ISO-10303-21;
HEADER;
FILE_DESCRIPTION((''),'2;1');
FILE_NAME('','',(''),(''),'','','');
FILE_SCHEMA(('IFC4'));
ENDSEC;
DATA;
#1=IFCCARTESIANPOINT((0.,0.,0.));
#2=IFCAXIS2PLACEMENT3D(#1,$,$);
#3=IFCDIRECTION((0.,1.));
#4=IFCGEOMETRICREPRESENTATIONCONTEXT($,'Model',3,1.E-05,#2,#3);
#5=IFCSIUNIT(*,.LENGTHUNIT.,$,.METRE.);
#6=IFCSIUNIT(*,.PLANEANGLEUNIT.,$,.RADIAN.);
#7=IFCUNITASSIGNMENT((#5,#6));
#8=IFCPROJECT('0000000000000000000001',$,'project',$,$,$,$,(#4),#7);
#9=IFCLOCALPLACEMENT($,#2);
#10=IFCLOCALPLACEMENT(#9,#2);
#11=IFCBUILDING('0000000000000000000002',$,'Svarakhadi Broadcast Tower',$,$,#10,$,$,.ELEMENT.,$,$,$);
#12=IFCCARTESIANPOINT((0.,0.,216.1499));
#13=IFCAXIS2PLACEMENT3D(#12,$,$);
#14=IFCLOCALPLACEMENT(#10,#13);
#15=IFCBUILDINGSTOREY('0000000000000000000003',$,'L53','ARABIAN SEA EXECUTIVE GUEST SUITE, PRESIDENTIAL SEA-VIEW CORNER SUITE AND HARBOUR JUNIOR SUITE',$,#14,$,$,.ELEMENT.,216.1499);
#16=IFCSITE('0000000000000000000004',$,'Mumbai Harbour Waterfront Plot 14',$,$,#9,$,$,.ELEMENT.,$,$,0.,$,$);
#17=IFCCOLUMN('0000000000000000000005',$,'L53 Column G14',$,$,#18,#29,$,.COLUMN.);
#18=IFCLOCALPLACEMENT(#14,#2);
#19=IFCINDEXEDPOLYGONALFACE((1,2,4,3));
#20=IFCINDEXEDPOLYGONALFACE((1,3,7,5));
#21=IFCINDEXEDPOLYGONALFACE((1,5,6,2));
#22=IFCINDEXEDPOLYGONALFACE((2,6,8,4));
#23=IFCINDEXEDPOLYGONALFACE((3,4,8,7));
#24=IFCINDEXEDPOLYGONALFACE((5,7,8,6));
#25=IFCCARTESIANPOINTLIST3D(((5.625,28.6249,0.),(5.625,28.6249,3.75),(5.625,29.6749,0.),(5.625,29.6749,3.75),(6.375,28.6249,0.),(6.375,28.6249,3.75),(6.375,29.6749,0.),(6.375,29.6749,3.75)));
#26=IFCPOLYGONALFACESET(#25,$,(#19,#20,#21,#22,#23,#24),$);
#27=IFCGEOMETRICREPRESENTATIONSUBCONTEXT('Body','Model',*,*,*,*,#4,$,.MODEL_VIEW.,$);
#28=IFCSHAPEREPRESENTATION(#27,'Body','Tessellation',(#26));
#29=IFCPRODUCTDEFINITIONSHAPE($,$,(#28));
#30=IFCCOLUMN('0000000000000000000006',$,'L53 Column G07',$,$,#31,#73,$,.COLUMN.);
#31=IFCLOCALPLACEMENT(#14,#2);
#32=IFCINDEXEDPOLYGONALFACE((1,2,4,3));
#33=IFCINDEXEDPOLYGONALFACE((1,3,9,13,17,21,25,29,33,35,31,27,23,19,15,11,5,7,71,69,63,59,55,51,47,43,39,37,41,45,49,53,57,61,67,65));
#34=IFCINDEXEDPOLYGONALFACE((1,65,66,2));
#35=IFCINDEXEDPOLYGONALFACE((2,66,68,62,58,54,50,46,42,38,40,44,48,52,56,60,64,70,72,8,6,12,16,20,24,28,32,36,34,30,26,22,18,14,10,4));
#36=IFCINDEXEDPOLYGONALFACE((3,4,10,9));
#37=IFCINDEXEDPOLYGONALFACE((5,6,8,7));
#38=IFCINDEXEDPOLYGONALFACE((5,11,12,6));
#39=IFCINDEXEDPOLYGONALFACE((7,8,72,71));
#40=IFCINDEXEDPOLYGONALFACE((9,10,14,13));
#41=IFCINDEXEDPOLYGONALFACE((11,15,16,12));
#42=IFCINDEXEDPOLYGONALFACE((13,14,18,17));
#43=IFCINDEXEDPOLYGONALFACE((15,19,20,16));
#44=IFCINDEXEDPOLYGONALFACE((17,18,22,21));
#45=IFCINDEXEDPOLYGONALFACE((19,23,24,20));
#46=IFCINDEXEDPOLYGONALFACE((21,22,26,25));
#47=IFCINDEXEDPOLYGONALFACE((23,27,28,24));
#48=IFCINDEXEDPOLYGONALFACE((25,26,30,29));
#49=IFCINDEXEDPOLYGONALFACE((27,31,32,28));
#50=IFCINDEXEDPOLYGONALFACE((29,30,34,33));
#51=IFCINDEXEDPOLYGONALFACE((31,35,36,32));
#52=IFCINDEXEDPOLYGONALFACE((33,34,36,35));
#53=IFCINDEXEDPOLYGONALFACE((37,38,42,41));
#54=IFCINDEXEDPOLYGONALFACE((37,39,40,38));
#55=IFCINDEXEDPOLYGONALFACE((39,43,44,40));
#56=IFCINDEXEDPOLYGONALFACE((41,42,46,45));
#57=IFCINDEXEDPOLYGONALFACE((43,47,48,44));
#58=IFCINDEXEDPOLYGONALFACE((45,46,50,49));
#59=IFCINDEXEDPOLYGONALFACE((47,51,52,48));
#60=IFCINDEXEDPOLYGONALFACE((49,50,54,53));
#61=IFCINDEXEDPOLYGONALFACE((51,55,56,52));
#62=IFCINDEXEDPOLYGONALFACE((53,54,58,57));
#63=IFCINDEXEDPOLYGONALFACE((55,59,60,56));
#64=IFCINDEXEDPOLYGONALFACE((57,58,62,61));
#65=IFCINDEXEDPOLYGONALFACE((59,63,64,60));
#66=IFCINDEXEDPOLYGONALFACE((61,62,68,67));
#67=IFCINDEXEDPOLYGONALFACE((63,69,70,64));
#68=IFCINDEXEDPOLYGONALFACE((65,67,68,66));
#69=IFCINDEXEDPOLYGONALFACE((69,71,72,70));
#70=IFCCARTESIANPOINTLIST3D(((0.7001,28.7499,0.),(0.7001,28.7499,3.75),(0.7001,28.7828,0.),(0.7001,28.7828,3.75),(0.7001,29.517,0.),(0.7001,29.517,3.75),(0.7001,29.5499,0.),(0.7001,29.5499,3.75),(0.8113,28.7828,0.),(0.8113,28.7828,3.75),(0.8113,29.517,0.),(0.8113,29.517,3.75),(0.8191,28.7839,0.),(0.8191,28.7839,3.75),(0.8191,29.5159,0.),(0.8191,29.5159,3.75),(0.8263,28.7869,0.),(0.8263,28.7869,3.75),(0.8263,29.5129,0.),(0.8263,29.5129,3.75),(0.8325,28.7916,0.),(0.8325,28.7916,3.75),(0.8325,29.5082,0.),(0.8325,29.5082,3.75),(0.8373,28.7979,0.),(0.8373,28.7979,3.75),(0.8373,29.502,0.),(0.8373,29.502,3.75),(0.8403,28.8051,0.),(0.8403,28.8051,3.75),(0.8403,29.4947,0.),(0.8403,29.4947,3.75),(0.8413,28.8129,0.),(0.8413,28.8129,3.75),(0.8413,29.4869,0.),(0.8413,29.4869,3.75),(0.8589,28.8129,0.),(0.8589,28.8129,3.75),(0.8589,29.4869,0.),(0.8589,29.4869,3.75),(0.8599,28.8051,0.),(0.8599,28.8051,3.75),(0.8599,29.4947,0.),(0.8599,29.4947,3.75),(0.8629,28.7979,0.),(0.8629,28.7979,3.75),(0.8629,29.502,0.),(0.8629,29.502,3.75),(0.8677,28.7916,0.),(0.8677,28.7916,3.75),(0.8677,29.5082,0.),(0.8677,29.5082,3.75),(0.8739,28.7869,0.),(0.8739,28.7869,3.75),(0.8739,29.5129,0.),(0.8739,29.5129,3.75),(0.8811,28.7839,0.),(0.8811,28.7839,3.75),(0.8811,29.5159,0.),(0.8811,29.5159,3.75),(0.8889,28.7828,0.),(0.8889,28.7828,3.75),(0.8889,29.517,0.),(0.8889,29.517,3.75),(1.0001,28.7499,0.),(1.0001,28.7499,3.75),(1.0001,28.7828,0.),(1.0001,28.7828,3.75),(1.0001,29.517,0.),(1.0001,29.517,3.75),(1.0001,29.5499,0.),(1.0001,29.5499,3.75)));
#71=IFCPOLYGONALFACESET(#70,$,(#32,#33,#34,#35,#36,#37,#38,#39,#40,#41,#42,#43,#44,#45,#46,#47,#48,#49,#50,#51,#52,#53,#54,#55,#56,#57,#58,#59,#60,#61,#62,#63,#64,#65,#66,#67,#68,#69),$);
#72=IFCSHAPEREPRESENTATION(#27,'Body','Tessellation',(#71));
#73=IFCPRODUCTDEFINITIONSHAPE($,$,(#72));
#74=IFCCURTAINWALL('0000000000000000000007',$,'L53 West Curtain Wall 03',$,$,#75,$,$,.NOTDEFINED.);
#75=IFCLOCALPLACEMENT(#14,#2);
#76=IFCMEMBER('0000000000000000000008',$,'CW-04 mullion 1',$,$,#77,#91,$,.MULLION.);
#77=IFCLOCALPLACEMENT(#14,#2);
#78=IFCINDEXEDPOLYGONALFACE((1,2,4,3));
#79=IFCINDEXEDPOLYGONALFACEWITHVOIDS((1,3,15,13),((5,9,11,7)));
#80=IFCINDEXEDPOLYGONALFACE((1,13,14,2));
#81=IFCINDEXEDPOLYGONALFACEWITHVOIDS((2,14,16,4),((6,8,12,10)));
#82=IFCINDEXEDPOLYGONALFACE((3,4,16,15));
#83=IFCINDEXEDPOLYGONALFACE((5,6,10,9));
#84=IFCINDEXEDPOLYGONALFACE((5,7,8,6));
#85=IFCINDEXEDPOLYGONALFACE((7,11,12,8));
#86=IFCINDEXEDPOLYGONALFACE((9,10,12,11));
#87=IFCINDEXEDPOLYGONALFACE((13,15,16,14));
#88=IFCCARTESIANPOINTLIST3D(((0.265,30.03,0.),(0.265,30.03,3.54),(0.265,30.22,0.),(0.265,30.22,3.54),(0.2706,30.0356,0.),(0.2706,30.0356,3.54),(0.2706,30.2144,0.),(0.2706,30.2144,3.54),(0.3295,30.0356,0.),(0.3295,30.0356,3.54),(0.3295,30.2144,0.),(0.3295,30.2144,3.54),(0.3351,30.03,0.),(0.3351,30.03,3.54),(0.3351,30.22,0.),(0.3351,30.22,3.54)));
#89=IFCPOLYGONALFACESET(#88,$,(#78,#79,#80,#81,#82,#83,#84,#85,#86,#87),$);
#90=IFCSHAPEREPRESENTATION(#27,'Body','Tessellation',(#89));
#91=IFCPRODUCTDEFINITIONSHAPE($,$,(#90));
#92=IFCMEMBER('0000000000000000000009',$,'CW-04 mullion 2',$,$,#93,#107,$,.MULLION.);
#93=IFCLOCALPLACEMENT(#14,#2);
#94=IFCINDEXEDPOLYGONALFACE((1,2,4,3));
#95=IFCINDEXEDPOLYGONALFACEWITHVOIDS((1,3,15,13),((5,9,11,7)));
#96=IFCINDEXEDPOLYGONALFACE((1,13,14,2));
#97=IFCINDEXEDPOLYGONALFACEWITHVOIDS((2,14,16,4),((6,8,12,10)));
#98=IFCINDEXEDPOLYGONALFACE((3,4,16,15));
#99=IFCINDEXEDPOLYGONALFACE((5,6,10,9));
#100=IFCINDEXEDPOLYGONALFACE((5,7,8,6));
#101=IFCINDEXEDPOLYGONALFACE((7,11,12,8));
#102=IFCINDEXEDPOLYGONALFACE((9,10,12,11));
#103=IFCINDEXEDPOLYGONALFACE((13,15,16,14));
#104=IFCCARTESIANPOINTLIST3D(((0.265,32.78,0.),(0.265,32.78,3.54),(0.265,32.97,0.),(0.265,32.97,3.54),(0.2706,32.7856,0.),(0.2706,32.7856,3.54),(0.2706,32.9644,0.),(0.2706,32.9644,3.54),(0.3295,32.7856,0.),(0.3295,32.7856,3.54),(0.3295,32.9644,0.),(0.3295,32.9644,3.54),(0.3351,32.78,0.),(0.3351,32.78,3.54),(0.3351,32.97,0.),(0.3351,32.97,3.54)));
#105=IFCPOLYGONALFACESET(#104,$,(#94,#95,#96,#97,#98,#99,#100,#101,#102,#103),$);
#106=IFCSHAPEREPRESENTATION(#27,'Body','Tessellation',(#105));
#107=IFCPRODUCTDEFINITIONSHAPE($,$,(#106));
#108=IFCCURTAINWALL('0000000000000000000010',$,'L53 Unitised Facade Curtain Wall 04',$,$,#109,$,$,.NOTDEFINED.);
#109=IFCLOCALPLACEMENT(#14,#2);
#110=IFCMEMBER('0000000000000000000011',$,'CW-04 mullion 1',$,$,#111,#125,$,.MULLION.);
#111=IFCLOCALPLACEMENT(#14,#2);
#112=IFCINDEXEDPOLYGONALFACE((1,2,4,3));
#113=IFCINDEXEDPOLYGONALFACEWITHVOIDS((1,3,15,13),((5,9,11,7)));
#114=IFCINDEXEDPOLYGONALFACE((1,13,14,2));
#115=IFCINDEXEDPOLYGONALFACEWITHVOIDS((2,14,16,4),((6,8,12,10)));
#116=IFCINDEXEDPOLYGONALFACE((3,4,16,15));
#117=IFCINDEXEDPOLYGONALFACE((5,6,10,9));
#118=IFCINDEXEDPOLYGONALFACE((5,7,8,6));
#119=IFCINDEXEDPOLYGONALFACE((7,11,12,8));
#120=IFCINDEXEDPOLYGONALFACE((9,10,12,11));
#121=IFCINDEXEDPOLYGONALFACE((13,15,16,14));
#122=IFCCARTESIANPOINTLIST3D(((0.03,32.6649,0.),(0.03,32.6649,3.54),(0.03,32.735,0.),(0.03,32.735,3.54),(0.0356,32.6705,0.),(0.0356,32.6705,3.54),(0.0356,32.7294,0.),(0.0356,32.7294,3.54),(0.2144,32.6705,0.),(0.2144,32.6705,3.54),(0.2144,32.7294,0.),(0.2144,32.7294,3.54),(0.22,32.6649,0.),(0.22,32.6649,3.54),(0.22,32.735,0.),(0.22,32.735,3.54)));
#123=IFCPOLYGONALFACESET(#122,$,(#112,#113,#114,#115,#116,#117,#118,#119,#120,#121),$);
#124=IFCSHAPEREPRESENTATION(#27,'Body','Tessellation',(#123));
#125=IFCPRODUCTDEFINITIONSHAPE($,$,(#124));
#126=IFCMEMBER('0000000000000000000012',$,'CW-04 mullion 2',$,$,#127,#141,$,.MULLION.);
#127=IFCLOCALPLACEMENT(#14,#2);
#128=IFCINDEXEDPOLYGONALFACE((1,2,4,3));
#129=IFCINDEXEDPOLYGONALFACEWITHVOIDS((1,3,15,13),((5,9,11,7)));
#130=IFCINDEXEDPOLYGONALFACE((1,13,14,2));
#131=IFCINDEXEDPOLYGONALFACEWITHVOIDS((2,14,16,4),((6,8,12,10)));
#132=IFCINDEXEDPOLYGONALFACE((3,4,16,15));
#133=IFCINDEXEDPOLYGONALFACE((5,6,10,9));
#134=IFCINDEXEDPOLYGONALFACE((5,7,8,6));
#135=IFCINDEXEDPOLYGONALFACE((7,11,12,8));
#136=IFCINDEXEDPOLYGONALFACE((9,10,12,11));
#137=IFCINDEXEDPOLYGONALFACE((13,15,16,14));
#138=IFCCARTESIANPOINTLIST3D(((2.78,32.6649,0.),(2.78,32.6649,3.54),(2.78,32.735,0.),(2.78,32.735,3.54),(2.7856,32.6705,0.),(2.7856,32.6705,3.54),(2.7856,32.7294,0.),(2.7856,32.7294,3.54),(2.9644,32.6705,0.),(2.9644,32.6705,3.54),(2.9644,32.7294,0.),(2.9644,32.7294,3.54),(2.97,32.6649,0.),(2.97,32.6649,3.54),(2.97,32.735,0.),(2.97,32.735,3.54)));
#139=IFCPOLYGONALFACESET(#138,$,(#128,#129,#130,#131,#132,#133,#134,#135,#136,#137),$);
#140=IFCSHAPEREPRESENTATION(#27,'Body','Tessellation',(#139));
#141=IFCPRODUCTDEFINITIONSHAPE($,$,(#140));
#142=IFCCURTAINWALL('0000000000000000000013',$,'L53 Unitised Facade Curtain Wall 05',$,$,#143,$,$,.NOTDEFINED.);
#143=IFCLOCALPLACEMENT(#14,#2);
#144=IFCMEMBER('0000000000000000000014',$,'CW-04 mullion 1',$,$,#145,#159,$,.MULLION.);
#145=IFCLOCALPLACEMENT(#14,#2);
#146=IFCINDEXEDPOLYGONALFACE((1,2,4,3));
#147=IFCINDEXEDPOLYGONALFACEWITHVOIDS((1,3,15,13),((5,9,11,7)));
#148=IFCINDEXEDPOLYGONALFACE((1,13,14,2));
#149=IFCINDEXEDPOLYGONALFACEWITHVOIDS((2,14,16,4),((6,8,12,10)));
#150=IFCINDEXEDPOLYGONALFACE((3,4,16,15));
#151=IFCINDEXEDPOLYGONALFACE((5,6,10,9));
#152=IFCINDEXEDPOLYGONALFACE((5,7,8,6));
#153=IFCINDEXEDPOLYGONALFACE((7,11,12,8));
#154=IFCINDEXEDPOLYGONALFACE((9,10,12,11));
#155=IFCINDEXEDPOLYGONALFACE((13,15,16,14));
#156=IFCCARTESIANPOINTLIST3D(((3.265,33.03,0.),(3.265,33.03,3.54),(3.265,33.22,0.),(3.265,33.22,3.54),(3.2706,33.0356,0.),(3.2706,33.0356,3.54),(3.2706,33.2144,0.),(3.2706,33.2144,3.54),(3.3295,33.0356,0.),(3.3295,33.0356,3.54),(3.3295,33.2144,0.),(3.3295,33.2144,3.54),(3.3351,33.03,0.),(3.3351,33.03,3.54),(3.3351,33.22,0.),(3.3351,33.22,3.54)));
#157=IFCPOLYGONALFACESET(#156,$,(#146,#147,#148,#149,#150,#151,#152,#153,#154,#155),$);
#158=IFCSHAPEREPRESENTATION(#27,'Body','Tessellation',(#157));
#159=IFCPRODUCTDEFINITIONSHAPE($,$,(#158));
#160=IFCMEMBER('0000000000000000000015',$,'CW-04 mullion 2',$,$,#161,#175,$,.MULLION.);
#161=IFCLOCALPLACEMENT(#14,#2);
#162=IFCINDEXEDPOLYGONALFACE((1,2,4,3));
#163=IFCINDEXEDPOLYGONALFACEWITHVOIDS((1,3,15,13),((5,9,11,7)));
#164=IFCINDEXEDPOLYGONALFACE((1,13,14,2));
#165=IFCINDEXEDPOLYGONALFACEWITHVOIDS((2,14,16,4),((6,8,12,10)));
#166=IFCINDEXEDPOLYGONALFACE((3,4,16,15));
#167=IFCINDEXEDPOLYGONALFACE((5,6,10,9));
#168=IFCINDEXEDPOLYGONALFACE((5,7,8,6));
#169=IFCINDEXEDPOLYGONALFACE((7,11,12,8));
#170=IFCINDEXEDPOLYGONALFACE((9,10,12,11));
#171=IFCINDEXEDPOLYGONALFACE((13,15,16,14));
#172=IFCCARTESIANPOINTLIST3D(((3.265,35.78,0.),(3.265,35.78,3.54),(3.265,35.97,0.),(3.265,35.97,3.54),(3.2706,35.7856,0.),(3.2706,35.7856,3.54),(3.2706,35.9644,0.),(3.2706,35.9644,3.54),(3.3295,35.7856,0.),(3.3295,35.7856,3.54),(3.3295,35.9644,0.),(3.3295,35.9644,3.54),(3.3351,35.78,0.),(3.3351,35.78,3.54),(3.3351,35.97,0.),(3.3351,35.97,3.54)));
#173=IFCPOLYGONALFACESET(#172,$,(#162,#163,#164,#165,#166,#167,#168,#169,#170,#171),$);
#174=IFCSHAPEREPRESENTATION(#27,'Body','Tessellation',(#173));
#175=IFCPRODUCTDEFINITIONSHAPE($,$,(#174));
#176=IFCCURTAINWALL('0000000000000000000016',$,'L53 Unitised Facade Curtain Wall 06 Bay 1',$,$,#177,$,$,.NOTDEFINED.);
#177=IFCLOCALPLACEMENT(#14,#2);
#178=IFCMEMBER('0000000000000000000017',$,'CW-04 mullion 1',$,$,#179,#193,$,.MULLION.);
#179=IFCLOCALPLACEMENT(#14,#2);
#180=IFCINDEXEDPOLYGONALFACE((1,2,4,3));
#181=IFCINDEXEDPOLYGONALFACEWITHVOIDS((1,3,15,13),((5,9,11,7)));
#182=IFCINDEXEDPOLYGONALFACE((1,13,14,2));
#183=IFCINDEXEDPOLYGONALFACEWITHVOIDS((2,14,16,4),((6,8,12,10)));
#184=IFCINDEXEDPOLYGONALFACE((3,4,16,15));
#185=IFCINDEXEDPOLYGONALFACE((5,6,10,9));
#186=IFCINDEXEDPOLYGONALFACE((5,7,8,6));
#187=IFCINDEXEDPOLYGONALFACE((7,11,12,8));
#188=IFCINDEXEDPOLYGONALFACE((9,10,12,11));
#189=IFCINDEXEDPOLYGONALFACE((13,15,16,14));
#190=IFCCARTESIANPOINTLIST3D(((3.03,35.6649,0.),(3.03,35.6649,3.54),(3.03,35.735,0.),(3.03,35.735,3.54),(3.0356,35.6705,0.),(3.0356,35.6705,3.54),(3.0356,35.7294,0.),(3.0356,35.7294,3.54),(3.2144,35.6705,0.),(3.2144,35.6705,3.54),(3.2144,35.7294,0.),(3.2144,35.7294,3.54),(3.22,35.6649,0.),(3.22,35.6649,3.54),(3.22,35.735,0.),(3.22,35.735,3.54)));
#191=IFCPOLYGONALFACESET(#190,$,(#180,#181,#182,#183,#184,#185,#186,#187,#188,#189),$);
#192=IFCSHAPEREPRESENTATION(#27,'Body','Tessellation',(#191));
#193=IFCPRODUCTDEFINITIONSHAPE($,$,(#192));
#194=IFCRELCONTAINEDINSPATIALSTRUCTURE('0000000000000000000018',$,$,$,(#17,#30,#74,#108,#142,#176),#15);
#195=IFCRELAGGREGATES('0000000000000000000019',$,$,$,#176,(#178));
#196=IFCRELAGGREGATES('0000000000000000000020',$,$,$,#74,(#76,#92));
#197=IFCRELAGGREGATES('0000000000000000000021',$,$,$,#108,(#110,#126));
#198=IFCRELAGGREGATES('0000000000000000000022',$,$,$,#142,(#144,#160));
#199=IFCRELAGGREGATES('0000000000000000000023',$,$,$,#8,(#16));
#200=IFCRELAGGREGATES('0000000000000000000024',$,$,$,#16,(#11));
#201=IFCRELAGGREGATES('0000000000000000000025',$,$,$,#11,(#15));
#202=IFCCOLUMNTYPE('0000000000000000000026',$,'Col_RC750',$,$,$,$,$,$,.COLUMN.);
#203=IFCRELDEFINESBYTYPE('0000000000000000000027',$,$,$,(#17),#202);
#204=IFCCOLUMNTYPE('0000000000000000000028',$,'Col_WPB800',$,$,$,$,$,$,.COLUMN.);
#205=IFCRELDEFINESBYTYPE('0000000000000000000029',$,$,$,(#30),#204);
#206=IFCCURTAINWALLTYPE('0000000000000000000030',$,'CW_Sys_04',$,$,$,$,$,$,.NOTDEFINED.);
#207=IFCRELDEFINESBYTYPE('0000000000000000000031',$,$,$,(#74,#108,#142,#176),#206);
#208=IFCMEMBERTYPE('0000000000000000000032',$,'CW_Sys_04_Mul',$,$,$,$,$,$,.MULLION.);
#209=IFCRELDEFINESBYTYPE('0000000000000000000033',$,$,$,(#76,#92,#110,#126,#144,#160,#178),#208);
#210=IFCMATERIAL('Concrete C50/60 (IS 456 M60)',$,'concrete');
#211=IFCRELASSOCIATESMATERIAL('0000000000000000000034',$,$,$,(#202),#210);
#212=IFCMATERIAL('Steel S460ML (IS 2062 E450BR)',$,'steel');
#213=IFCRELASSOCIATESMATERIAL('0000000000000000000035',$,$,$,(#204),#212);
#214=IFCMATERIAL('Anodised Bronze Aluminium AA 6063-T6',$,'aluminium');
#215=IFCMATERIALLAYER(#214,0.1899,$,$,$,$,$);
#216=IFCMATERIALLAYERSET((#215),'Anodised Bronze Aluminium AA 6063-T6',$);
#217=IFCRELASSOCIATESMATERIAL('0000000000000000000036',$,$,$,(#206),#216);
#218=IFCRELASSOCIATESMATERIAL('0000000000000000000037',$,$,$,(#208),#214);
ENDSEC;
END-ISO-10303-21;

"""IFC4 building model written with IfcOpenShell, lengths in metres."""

from ifc_helpers import new_model, si_unit, direction, frame, origin, origin_2d, place, context, subcontext, project, spatial, rectangle, hollow_rectangle, i_section, extrude, material, layer, layer_set, material_profile, profile_set, type_object, element, aggregate, save


model = new_model("IFC4")

# Units and contexts
model_context = context("Model", 3, precision=1e-05, world=origin(), true_north=direction((0.0, 1.0)))
body_context = subcontext(model_context, "Body", "Model", "MODEL_VIEW")
ifc_project = project(units=[si_unit("LENGTHUNIT", "METRE"), si_unit("PLANEANGLEUNIT", "RADIAN")], contexts=[model_context])

# Site, building, storey
site_placement = place(None, origin())
site = spatial("IfcSite", under=ifc_project, at=site_placement, Name="Mumbai Harbour Waterfront Plot 14", CompositionType="ELEMENT", RefElevation=0.0)
building_placement = place(site_placement, origin())
building = spatial("IfcBuilding", under=site, at=building_placement, Name="Svarakhadi Broadcast Tower", CompositionType="ELEMENT")
storey_placement = place(building_placement, frame((0.0, 0.0, 216.1499)))
storey = spatial("IfcBuildingStorey", under=building, at=storey_placement, Name="L53", Description="ARABIAN SEA EXECUTIVE GUEST SUITE, PRESIDENTIAL SEA-VIEW CORNER SUITE AND HARBOUR JUNIOR SUITE", CompositionType="ELEMENT", Elevation=216.1499)

# Columns
ifc_material_1 = material(Name="Concrete C50/60 (IS 456 M60)", Category="concrete")
ifc_material_profile_1 = material_profile(ifc_material_1, rectangle(XDim=0.75, YDim=1.05, at=origin_2d()), Name="RC 750x1050")
ifc_profile_set_1 = profile_set([ifc_material_profile_1], Name="Concrete C50/60 (IS 456 M60)")
column_type_1 = type_object("IfcColumnType", Name="Col_RC750", PredefinedType="COLUMN", material=ifc_profile_set_1)
column_1_placement = place(storey_placement, frame((6.0, 29.1499, 0.0), z_axis=(0.0, 0.0, 1.0), x_axis=(1.0, 0.0, 0.0)))
element("IfcColumn", 1, at=column_1_placement, inside=storey, type_object=column_type_1, Name="L53 Column G14", PredefinedType="COLUMN", context=body_context, shape_type="SweptSolid", body=[
    extrude(rectangle(XDim=0.75, YDim=1.05, at=origin_2d()), origin(), (0.0, 0.0, 1.0), 3.75),
])
ifc_material_2 = material(Name="Steel S460ML (IS 2062 E450BR)", Category="steel")
ifc_material_profile_2 = material_profile(ifc_material_2, i_section(OverallWidth=0.3, OverallDepth=0.8, WebThickness=0.0176, FlangeThickness=0.033, FilletRadius=0.03, at=origin_2d()), Name="WPB 800x300x262")
ifc_profile_set_2 = profile_set([ifc_material_profile_2], Name="Steel S460ML (IS 2062 E450BR)")
column_type_2 = type_object("IfcColumnType", Name="Col_WPB800", PredefinedType="COLUMN", material=ifc_profile_set_2)
column_2_placement = place(storey_placement, frame((0.8501, 29.1499, 0.0), z_axis=(0.0, 0.0, 1.0), x_axis=(1.0, 0.0, 0.0)))
element("IfcColumn", 2, at=column_2_placement, inside=storey, type_object=column_type_2, Name="L53 Column G07", PredefinedType="COLUMN", context=body_context, shape_type="SweptSolid", body=[
    extrude(i_section(OverallWidth=0.3, OverallDepth=0.8, WebThickness=0.0176, FlangeThickness=0.033, FilletRadius=0.03, at=origin_2d()), origin(), (0.0, 0.0, 1.0), 3.75),
])

# Curtain walls, members
ifc_material_3 = material(Name="Anodised Bronze Aluminium AA 6063-T6", Category="aluminium")
ifc_layer_1 = layer(ifc_material_3, 0.1899)
ifc_layer_set_1 = layer_set([ifc_layer_1], Name="Anodised Bronze Aluminium AA 6063-T6")
curtain_wall_type = type_object("IfcCurtainWallType", Name="CW_Sys_04", PredefinedType="NOTDEFINED", material=ifc_layer_set_1)
curtain_wall_1_placement = place(storey_placement, origin())
curtain_wall_1 = element("IfcCurtainWall", 3, at=curtain_wall_1_placement, inside=storey, type_object=curtain_wall_type, Name="L53 West Curtain Wall 03", PredefinedType="NOTDEFINED")
ifc_material_profile_3 = material_profile(ifc_material_3, hollow_rectangle(XDim=0.0701, YDim=0.1899, WallThickness=0.0056, at=origin_2d()), Name="ALU MULLION 190x70x6")
ifc_profile_set_3 = profile_set([ifc_material_profile_3], Name="Anodised Bronze Aluminium AA 6063-T6")
member_type_1 = type_object("IfcMemberType", Name="CW_Sys_04_Mul", PredefinedType="MULLION", material=ifc_profile_set_3)
member_1_placement = place(storey_placement, frame((0.3, 30.125, 0.0), z_axis=(0.0, 0.0, 1.0), x_axis=(-1.0, 0.0, 0.0)))
member_1 = element("IfcMember", 4, at=member_1_placement, type_object=member_type_1, Name="CW-04 mullion 1", PredefinedType="MULLION", context=body_context, shape_type="SweptSolid", body=[
    extrude(hollow_rectangle(XDim=0.0701, YDim=0.1899, WallThickness=0.0056, at=origin_2d()), origin(), (0.0, 0.0, 1.0), 3.54),
])
member_2_placement = place(storey_placement, frame((0.3, 32.875, 0.0), z_axis=(0.0, 0.0, 1.0), x_axis=(-1.0, 0.0, 0.0)))
member_2 = element("IfcMember", 5, at=member_2_placement, type_object=member_type_1, Name="CW-04 mullion 2", PredefinedType="MULLION", context=body_context, shape_type="SweptSolid", body=[
    extrude(hollow_rectangle(XDim=0.0701, YDim=0.1899, WallThickness=0.0056, at=origin_2d()), origin(), (0.0, 0.0, 1.0), 3.54),
])
curtain_wall_2_placement = place(storey_placement, origin())
curtain_wall_2 = element("IfcCurtainWall", 6, at=curtain_wall_2_placement, inside=storey, type_object=curtain_wall_type, Name="L53 Unitised Facade Curtain Wall 04", PredefinedType="NOTDEFINED")
member_3_placement = place(storey_placement, frame((0.125, 32.7, 0.0), z_axis=(0.0, 0.0, 1.0), x_axis=(0.0, 1.0, 0.0)))
member_3 = element("IfcMember", 7, at=member_3_placement, type_object=member_type_1, Name="CW-04 mullion 1", PredefinedType="MULLION", context=body_context, shape_type="SweptSolid", body=[
    extrude(hollow_rectangle(XDim=0.0701, YDim=0.1899, WallThickness=0.0056, at=origin_2d()), origin(), (0.0, 0.0, 1.0), 3.54),
])
member_4_placement = place(storey_placement, frame((2.875, 32.7, 0.0), z_axis=(0.0, 0.0, 1.0), x_axis=(0.0, 1.0, 0.0)))
member_4 = element("IfcMember", 8, at=member_4_placement, type_object=member_type_1, Name="CW-04 mullion 2", PredefinedType="MULLION", context=body_context, shape_type="SweptSolid", body=[
    extrude(hollow_rectangle(XDim=0.0701, YDim=0.1899, WallThickness=0.0056, at=origin_2d()), origin(), (0.0, 0.0, 1.0), 3.54),
])
curtain_wall_3_placement = place(storey_placement, origin())
curtain_wall_3 = element("IfcCurtainWall", 9, at=curtain_wall_3_placement, inside=storey, type_object=curtain_wall_type, Name="L53 Unitised Facade Curtain Wall 05", PredefinedType="NOTDEFINED")
member_5_placement = place(storey_placement, frame((3.3, 33.125, 0.0), z_axis=(0.0, 0.0, 1.0), x_axis=(-1.0, 0.0, 0.0)))
member_5 = element("IfcMember", 10, at=member_5_placement, type_object=member_type_1, Name="CW-04 mullion 1", PredefinedType="MULLION", context=body_context, shape_type="SweptSolid", body=[
    extrude(hollow_rectangle(XDim=0.0701, YDim=0.1899, WallThickness=0.0056, at=origin_2d()), origin(), (0.0, 0.0, 1.0), 3.54),
])
member_6_placement = place(storey_placement, frame((3.3, 35.875, 0.0), z_axis=(0.0, 0.0, 1.0), x_axis=(-1.0, 0.0, 0.0)))
member_6 = element("IfcMember", 11, at=member_6_placement, type_object=member_type_1, Name="CW-04 mullion 2", PredefinedType="MULLION", context=body_context, shape_type="SweptSolid", body=[
    extrude(hollow_rectangle(XDim=0.0701, YDim=0.1899, WallThickness=0.0056, at=origin_2d()), origin(), (0.0, 0.0, 1.0), 3.54),
])

# Curtain wall, member
curtain_wall_4_placement = place(storey_placement, origin())
curtain_wall_4 = element("IfcCurtainWall", 12, at=curtain_wall_4_placement, inside=storey, type_object=curtain_wall_type, Name="L53 Unitised Facade Curtain Wall 06 Bay 1", PredefinedType="NOTDEFINED")
member_7_placement = place(storey_placement, frame((3.125, 35.7, 0.0), z_axis=(0.0, 0.0, 1.0), x_axis=(0.0, 1.0, 0.0)))
member_7 = element("IfcMember", 13, at=member_7_placement, type_object=member_type_1, Name="CW-04 mullion 1", PredefinedType="MULLION", context=body_context, shape_type="SweptSolid", body=[
    extrude(hollow_rectangle(XDim=0.0701, YDim=0.1899, WallThickness=0.0056, at=origin_2d()), origin(), (0.0, 0.0, 1.0), 3.54),
])

aggregate(curtain_wall_4, [member_7])

aggregate(curtain_wall_1, [member_1, member_2])
aggregate(curtain_wall_2, [member_3, member_4])
aggregate(curtain_wall_3, [member_5, member_6])

save(model, "model.ifc")
